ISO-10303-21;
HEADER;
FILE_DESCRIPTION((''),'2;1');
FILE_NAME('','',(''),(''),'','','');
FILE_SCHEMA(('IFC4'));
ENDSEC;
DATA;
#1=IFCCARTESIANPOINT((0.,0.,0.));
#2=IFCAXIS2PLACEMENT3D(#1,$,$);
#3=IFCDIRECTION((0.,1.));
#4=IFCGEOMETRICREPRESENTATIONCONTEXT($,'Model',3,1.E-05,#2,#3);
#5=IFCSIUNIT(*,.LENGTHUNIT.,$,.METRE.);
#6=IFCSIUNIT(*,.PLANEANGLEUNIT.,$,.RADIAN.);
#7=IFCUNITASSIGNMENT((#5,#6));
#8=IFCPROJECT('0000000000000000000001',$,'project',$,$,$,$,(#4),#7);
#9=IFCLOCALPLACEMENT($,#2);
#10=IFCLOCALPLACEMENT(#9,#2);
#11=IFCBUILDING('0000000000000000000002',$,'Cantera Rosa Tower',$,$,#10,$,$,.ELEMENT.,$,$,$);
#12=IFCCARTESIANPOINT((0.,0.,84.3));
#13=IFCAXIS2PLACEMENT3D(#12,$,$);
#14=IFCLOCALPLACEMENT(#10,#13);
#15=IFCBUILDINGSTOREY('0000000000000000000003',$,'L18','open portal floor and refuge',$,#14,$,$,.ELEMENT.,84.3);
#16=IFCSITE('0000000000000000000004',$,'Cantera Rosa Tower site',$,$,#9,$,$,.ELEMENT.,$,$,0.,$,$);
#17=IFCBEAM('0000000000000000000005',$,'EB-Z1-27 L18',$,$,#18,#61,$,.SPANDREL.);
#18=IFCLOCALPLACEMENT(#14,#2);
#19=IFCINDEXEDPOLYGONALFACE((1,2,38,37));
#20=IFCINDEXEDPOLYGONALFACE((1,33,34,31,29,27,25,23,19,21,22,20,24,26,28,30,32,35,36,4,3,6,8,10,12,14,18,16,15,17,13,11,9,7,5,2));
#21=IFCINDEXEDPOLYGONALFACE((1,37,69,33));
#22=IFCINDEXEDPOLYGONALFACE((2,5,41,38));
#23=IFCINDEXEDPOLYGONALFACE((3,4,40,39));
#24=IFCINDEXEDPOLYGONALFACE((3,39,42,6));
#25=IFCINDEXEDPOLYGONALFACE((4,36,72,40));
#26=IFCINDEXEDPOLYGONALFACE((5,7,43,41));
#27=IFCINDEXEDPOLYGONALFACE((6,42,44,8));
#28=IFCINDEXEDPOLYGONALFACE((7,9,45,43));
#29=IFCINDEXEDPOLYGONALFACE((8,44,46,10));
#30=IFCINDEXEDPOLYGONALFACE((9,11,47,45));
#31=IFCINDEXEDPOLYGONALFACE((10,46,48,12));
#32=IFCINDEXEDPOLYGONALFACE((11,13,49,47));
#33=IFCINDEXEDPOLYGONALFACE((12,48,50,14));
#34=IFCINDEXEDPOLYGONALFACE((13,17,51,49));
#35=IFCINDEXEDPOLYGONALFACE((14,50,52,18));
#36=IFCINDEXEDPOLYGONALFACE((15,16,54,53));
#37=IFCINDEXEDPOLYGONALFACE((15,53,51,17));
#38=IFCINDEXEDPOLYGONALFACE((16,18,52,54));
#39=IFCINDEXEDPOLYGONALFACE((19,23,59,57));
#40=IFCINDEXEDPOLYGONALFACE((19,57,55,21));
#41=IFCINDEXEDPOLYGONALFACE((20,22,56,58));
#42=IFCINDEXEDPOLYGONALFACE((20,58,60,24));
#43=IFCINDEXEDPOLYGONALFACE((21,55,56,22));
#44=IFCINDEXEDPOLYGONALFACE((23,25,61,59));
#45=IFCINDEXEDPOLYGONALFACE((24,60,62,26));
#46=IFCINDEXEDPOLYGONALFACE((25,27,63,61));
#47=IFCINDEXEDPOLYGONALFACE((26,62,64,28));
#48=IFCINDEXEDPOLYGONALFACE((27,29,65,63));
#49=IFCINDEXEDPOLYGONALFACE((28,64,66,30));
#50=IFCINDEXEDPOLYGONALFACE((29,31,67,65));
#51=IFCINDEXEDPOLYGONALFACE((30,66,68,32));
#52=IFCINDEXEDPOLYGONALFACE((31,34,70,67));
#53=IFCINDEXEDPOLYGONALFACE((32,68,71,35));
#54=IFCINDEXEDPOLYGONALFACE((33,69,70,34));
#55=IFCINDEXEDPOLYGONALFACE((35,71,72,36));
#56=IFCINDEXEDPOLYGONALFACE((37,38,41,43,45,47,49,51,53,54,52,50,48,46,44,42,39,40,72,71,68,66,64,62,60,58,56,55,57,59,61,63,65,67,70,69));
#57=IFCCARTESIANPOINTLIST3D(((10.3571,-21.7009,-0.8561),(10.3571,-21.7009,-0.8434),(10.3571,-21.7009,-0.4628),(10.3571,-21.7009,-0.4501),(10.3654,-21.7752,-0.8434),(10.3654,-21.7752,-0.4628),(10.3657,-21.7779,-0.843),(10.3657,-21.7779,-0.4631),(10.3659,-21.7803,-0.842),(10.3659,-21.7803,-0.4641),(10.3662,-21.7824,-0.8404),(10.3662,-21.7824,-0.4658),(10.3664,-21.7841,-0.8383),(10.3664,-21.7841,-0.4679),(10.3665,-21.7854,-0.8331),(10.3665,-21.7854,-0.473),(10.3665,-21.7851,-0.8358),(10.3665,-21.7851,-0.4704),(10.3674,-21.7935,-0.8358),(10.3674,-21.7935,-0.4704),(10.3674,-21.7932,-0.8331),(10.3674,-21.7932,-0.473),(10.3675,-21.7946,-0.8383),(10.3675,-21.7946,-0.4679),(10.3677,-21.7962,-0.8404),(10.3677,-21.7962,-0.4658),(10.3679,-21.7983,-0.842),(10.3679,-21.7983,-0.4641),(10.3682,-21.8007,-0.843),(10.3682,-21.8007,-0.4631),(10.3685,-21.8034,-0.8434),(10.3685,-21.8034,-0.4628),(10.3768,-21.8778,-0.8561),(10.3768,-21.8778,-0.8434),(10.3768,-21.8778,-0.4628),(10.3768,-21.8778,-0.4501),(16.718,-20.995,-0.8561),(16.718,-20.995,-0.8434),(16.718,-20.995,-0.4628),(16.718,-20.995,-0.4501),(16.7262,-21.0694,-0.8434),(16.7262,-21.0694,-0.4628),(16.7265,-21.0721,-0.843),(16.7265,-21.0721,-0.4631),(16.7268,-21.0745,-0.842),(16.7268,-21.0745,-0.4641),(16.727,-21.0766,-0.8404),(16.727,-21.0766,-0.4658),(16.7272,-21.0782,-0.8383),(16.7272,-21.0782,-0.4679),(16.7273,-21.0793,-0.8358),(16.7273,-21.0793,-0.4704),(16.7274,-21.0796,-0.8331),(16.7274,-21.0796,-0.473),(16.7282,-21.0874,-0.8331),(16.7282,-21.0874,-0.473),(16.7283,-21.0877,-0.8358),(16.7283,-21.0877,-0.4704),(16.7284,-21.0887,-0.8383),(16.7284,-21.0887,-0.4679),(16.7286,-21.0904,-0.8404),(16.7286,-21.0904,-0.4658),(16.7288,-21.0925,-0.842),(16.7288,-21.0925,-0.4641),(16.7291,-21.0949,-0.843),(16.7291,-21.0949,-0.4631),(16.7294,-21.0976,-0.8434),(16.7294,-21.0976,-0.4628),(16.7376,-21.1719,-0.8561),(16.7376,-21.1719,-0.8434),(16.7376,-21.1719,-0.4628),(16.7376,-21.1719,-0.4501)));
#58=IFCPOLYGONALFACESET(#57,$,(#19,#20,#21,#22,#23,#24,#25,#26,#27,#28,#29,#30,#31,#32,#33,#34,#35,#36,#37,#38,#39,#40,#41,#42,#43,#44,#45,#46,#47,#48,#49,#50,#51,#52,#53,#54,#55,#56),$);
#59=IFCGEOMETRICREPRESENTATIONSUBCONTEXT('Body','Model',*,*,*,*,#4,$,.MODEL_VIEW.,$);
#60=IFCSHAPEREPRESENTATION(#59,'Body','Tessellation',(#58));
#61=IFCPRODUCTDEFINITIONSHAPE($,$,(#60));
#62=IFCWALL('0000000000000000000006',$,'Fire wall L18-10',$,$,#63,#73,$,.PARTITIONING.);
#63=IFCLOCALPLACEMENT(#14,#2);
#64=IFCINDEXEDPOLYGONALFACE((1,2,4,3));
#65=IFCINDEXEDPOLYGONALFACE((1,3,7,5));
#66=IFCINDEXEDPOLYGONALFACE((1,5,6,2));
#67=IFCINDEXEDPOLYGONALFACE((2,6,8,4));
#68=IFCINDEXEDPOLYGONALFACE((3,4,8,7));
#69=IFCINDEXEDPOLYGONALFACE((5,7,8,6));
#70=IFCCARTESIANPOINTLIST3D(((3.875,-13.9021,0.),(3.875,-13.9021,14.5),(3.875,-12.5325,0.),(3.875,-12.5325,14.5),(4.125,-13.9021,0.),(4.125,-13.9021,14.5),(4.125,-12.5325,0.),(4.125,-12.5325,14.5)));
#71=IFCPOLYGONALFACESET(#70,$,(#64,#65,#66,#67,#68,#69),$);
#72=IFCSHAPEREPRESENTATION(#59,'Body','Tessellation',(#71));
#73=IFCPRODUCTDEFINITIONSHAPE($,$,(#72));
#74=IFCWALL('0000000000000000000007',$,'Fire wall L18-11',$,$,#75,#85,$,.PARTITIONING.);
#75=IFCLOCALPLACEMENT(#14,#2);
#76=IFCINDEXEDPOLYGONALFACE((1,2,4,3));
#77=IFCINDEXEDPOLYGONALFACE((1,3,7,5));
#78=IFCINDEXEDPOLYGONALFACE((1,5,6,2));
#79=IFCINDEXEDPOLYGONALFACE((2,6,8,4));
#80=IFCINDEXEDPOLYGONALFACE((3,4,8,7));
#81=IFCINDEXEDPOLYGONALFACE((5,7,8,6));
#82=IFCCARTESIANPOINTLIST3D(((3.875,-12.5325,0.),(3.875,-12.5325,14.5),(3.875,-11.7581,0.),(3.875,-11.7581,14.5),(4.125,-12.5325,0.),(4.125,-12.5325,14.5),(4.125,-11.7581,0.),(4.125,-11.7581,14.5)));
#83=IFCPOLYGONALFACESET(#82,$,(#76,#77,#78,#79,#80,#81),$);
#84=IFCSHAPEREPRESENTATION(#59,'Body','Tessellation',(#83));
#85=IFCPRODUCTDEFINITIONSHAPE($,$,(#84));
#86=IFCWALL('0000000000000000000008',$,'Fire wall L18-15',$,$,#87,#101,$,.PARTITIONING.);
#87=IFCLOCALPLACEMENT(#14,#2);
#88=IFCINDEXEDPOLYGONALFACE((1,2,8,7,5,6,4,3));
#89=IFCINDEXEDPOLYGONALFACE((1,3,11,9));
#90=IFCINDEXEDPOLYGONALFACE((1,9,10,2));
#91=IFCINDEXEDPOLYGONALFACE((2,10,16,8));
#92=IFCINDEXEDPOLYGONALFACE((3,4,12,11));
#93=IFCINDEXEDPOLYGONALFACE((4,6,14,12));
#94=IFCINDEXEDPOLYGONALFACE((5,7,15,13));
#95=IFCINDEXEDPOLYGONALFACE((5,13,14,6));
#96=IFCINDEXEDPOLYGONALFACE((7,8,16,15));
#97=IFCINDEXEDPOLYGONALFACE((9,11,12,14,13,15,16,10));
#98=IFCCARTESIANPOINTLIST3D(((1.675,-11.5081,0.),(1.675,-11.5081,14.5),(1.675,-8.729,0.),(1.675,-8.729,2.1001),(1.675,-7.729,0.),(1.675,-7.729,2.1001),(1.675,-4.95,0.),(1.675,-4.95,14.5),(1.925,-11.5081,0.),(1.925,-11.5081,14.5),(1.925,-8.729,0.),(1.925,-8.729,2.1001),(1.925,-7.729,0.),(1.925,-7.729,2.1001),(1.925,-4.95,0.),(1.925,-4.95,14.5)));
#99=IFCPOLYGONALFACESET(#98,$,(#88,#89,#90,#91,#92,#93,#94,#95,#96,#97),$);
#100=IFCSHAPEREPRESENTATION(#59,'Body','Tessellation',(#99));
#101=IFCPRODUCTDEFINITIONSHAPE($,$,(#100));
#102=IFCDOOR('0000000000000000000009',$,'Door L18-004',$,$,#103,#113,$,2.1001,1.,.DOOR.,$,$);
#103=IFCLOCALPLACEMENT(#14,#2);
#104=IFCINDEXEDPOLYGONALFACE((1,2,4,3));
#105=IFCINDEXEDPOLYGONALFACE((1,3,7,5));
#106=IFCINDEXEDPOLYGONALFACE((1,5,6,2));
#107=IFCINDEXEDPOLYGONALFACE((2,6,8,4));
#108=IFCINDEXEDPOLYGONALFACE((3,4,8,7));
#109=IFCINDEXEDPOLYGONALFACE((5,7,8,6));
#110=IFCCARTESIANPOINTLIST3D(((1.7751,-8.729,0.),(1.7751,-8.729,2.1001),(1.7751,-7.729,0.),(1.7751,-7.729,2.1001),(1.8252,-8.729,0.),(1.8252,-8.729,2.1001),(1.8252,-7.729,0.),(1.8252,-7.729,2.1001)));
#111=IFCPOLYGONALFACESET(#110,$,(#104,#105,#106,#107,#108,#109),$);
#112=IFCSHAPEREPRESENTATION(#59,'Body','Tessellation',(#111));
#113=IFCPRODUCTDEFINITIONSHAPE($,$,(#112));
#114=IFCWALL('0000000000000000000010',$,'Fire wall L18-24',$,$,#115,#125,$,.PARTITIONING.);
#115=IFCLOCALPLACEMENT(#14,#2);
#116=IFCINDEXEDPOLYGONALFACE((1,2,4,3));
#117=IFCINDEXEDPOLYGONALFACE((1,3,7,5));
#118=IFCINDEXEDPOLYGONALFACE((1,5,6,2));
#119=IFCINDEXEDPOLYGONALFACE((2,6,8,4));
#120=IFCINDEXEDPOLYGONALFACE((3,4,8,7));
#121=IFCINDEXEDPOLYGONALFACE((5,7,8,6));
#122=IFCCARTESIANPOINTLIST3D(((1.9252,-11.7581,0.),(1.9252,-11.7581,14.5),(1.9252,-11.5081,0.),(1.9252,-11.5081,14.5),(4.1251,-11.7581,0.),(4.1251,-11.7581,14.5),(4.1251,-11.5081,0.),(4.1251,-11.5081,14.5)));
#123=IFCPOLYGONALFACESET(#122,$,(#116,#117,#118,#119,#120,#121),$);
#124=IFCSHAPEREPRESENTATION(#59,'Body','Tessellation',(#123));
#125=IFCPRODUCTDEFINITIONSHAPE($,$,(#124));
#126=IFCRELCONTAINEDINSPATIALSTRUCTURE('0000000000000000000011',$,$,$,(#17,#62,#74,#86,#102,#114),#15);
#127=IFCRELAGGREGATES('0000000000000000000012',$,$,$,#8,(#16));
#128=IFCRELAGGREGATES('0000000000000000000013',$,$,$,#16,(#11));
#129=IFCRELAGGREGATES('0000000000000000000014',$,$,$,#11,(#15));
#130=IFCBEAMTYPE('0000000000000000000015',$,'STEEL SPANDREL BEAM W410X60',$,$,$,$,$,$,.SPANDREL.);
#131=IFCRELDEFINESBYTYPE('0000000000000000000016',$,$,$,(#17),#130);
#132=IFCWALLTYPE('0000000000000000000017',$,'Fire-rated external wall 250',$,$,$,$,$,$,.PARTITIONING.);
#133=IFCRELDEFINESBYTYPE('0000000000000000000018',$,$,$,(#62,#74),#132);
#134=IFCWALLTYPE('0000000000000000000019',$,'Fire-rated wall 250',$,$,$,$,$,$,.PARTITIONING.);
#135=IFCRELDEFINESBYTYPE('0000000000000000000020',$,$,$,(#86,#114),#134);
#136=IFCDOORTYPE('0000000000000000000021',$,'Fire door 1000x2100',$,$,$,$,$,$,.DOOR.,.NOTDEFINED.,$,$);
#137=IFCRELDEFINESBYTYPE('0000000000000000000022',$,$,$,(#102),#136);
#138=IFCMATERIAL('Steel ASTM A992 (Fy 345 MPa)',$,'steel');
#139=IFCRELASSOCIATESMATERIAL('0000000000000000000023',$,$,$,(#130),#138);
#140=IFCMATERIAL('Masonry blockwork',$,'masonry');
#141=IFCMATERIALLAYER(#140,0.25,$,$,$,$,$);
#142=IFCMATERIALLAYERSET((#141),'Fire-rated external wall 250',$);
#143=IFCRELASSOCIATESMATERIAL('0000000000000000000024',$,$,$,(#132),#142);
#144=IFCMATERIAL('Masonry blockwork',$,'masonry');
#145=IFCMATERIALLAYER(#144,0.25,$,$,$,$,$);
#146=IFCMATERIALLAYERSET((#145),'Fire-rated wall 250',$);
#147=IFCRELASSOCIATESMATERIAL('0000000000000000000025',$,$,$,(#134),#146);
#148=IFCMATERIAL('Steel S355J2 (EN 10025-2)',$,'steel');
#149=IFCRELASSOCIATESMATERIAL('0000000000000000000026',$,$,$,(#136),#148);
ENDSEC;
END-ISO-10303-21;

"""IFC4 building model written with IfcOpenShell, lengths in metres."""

from ifc_helpers import new_model, si_unit, direction, frame, frame_2d, origin, origin_2d, place, context, subcontext, project, spatial, rectangle, i_section, extrude, material, layer, layer_set, material_profile, profile_set, type_object, element, fill, save


model = new_model("IFC4")

# Units and contexts
model_context = context("Model", 3, precision=1e-05, world=origin(), true_north=direction((0.0, 1.0)))
body_context = subcontext(model_context, "Body", "Model", "MODEL_VIEW")
ifc_project = project(units=[si_unit("LENGTHUNIT", "METRE"), si_unit("PLANEANGLEUNIT", "RADIAN")], contexts=[model_context])

# Site, building, storey
site_placement = place(None, origin())
site = spatial("IfcSite", under=ifc_project, at=site_placement, Name="Cantera Rosa Tower site", CompositionType="ELEMENT", RefElevation=0.0)
building_placement = place(site_placement, origin())
building = spatial("IfcBuilding", under=site, at=building_placement, Name="Cantera Rosa Tower", CompositionType="ELEMENT")
storey_placement = place(building_placement, frame((0.0, 0.0, 84.3)))
storey = spatial("IfcBuildingStorey", under=building, at=storey_placement, Name="L18", Description="open portal floor and refuge", CompositionType="ELEMENT", Elevation=84.3)

# Beam
ifc_material_1 = material(Name="Steel ASTM A992 (Fy 345 MPa)", Category="steel")
ifc_material_profile_1 = material_profile(ifc_material_1, i_section(OverallWidth=0.178, OverallDepth=0.406, WebThickness=0.0078, FlangeThickness=0.0127, FilletRadius=0.0103, at=origin_2d()), Name="W410X60")
ifc_profile_set_1 = profile_set([ifc_material_profile_1], Name="Steel ASTM A992 (Fy 345 MPa)")
beam_type_1 = type_object("IfcBeamType", Name="STEEL SPANDREL BEAM W410X60", PredefinedType="SPANDREL", material=ifc_profile_set_1)
beam_1_placement = place(storey_placement, frame((10.3669, -21.7893, -0.6531), z_axis=(0.9939, 0.110285, 0.0), x_axis=(-0.110285, 0.9939, 0.0)))
element("IfcBeam", 1, at=beam_1_placement, inside=storey, type_object=beam_type_1, Name="EB-Z1-27 L18", PredefinedType="SPANDREL", context=body_context, shape_type="SweptSolid", body=[
    extrude(i_section(OverallWidth=0.178, OverallDepth=0.406, WebThickness=0.0078, FlangeThickness=0.0127, FilletRadius=0.0103, at=origin_2d()), origin(), (0.0, 0.0, 1.0), 6.3999),
])

# Walls
ifc_material_2 = material(Name="Masonry blockwork", Category="masonry")
ifc_layer_1 = layer(ifc_material_2, 0.25)
ifc_layer_set_1 = layer_set([ifc_layer_1], Name="Fire-rated external wall 250")
wall_type_1 = type_object("IfcWallType", Name="Fire-rated external wall 250", PredefinedType="PARTITIONING", material=ifc_layer_set_1)
wall_1_placement = place(storey_placement, frame((4.0, -13.9021, 0.0), z_axis=(0.0, 0.0, 1.0), x_axis=(0.0, 1.0, 0.0)))
element("IfcWall", 2, at=wall_1_placement, inside=storey, type_object=wall_type_1, Name="Fire wall L18-10", PredefinedType="PARTITIONING", context=body_context, shape_type="SweptSolid", body=[
    extrude(rectangle(XDim=1.3696, YDim=0.25, at=frame_2d((0.6848, 0.0))), origin(), (0.0, 0.0, 1.0), 14.5),
])
wall_2_placement = place(storey_placement, frame((4.0, -12.5325, 0.0), z_axis=(0.0, 0.0, 1.0), x_axis=(0.0, 1.0, 0.0)))
element("IfcWall", 3, at=wall_2_placement, inside=storey, type_object=wall_type_1, Name="Fire wall L18-11", PredefinedType="PARTITIONING", context=body_context, shape_type="SweptSolid", body=[
    extrude(rectangle(XDim=0.7744, YDim=0.25, at=frame_2d((0.3872, 0.0))), origin(), (0.0, 0.0, 1.0), 14.5),
])

# Wall, opening, door
ifc_material_3 = material(Name="Masonry blockwork", Category="masonry")
ifc_layer_2 = layer(ifc_material_3, 0.25)
ifc_layer_set_2 = layer_set([ifc_layer_2], Name="Fire-rated wall 250")
wall_type_2 = type_object("IfcWallType", Name="Fire-rated wall 250", PredefinedType="PARTITIONING", material=ifc_layer_set_2)
wall_3_placement = place(storey_placement, frame((1.8, -11.5081, 0.0), z_axis=(0.0, 0.0, 1.0), x_axis=(0.0, 1.0, 0.0)))
wall_3 = element("IfcWall", 4, at=wall_3_placement, inside=storey, type_object=wall_type_2, Name="Fire wall L18-15", PredefinedType="PARTITIONING", context=body_context, shape_type="SweptSolid", body=[
    extrude(rectangle(XDim=6.5581, YDim=0.25, at=frame_2d((3.2791, 0.0))), origin(), (0.0, 0.0, 1.0), 14.5),
])
opening_1_placement = place(wall_3_placement, frame((2.7791, 0.0, 0.0)))
opening_1 = element("IfcOpeningElement", 5, at=opening_1_placement, cuts=wall_3, PredefinedType="OPENING", context=body_context, shape_type="SweptSolid", body=[
    extrude(rectangle(XDim=1.0, YDim=2.1001, at=frame_2d((0.5, 1.05))), frame((0.0, 0.135, 0.0), z_axis=(0.0, -1.0, 0.0), x_axis=(1.0, 0.0, 0.0)), (0.0, 0.0, 1.0), 0.27),
])
ifc_material_4 = material(Name="Steel S355J2 (EN 10025-2)", Category="steel")
door_type_1 = type_object("IfcDoorType", Name="Fire door 1000x2100", OperationType="NOTDEFINED", PredefinedType="DOOR", material=ifc_material_4)
door_1_placement = place(opening_1_placement, origin())
door_1 = element("IfcDoor", 6, at=door_1_placement, inside=storey, type_object=door_type_1, Name="Door L18-004", OverallHeight=2.1001, OverallWidth=1.0, PredefinedType="DOOR", context=body_context, shape_type="SweptSolid", body=[
    extrude(rectangle(XDim=1.0, YDim=2.1001, at=frame_2d((0.5, 1.05))), frame((0.0, 0.0249, 0.0), z_axis=(0.0, -1.0, 0.0), x_axis=(1.0, 0.0, 0.0)), (0.0, 0.0, 1.0), 0.05),
])
fill(opening_1, door_1)

# Wall
wall_4_placement = place(storey_placement, frame((1.925, -11.6331, 0.0), z_axis=(0.0, 0.0, 1.0), x_axis=(1.0, 0.0, 0.0)))
element("IfcWall", 7, at=wall_4_placement, inside=storey, type_object=wall_type_2, Name="Fire wall L18-24", PredefinedType="PARTITIONING", context=body_context, shape_type="SweptSolid", body=[
    extrude(rectangle(XDim=2.2, YDim=0.25, at=frame_2d((1.1001, 0.0))), origin(), (0.0, 0.0, 1.0), 14.5),
])

save(model, "model.ifc")
